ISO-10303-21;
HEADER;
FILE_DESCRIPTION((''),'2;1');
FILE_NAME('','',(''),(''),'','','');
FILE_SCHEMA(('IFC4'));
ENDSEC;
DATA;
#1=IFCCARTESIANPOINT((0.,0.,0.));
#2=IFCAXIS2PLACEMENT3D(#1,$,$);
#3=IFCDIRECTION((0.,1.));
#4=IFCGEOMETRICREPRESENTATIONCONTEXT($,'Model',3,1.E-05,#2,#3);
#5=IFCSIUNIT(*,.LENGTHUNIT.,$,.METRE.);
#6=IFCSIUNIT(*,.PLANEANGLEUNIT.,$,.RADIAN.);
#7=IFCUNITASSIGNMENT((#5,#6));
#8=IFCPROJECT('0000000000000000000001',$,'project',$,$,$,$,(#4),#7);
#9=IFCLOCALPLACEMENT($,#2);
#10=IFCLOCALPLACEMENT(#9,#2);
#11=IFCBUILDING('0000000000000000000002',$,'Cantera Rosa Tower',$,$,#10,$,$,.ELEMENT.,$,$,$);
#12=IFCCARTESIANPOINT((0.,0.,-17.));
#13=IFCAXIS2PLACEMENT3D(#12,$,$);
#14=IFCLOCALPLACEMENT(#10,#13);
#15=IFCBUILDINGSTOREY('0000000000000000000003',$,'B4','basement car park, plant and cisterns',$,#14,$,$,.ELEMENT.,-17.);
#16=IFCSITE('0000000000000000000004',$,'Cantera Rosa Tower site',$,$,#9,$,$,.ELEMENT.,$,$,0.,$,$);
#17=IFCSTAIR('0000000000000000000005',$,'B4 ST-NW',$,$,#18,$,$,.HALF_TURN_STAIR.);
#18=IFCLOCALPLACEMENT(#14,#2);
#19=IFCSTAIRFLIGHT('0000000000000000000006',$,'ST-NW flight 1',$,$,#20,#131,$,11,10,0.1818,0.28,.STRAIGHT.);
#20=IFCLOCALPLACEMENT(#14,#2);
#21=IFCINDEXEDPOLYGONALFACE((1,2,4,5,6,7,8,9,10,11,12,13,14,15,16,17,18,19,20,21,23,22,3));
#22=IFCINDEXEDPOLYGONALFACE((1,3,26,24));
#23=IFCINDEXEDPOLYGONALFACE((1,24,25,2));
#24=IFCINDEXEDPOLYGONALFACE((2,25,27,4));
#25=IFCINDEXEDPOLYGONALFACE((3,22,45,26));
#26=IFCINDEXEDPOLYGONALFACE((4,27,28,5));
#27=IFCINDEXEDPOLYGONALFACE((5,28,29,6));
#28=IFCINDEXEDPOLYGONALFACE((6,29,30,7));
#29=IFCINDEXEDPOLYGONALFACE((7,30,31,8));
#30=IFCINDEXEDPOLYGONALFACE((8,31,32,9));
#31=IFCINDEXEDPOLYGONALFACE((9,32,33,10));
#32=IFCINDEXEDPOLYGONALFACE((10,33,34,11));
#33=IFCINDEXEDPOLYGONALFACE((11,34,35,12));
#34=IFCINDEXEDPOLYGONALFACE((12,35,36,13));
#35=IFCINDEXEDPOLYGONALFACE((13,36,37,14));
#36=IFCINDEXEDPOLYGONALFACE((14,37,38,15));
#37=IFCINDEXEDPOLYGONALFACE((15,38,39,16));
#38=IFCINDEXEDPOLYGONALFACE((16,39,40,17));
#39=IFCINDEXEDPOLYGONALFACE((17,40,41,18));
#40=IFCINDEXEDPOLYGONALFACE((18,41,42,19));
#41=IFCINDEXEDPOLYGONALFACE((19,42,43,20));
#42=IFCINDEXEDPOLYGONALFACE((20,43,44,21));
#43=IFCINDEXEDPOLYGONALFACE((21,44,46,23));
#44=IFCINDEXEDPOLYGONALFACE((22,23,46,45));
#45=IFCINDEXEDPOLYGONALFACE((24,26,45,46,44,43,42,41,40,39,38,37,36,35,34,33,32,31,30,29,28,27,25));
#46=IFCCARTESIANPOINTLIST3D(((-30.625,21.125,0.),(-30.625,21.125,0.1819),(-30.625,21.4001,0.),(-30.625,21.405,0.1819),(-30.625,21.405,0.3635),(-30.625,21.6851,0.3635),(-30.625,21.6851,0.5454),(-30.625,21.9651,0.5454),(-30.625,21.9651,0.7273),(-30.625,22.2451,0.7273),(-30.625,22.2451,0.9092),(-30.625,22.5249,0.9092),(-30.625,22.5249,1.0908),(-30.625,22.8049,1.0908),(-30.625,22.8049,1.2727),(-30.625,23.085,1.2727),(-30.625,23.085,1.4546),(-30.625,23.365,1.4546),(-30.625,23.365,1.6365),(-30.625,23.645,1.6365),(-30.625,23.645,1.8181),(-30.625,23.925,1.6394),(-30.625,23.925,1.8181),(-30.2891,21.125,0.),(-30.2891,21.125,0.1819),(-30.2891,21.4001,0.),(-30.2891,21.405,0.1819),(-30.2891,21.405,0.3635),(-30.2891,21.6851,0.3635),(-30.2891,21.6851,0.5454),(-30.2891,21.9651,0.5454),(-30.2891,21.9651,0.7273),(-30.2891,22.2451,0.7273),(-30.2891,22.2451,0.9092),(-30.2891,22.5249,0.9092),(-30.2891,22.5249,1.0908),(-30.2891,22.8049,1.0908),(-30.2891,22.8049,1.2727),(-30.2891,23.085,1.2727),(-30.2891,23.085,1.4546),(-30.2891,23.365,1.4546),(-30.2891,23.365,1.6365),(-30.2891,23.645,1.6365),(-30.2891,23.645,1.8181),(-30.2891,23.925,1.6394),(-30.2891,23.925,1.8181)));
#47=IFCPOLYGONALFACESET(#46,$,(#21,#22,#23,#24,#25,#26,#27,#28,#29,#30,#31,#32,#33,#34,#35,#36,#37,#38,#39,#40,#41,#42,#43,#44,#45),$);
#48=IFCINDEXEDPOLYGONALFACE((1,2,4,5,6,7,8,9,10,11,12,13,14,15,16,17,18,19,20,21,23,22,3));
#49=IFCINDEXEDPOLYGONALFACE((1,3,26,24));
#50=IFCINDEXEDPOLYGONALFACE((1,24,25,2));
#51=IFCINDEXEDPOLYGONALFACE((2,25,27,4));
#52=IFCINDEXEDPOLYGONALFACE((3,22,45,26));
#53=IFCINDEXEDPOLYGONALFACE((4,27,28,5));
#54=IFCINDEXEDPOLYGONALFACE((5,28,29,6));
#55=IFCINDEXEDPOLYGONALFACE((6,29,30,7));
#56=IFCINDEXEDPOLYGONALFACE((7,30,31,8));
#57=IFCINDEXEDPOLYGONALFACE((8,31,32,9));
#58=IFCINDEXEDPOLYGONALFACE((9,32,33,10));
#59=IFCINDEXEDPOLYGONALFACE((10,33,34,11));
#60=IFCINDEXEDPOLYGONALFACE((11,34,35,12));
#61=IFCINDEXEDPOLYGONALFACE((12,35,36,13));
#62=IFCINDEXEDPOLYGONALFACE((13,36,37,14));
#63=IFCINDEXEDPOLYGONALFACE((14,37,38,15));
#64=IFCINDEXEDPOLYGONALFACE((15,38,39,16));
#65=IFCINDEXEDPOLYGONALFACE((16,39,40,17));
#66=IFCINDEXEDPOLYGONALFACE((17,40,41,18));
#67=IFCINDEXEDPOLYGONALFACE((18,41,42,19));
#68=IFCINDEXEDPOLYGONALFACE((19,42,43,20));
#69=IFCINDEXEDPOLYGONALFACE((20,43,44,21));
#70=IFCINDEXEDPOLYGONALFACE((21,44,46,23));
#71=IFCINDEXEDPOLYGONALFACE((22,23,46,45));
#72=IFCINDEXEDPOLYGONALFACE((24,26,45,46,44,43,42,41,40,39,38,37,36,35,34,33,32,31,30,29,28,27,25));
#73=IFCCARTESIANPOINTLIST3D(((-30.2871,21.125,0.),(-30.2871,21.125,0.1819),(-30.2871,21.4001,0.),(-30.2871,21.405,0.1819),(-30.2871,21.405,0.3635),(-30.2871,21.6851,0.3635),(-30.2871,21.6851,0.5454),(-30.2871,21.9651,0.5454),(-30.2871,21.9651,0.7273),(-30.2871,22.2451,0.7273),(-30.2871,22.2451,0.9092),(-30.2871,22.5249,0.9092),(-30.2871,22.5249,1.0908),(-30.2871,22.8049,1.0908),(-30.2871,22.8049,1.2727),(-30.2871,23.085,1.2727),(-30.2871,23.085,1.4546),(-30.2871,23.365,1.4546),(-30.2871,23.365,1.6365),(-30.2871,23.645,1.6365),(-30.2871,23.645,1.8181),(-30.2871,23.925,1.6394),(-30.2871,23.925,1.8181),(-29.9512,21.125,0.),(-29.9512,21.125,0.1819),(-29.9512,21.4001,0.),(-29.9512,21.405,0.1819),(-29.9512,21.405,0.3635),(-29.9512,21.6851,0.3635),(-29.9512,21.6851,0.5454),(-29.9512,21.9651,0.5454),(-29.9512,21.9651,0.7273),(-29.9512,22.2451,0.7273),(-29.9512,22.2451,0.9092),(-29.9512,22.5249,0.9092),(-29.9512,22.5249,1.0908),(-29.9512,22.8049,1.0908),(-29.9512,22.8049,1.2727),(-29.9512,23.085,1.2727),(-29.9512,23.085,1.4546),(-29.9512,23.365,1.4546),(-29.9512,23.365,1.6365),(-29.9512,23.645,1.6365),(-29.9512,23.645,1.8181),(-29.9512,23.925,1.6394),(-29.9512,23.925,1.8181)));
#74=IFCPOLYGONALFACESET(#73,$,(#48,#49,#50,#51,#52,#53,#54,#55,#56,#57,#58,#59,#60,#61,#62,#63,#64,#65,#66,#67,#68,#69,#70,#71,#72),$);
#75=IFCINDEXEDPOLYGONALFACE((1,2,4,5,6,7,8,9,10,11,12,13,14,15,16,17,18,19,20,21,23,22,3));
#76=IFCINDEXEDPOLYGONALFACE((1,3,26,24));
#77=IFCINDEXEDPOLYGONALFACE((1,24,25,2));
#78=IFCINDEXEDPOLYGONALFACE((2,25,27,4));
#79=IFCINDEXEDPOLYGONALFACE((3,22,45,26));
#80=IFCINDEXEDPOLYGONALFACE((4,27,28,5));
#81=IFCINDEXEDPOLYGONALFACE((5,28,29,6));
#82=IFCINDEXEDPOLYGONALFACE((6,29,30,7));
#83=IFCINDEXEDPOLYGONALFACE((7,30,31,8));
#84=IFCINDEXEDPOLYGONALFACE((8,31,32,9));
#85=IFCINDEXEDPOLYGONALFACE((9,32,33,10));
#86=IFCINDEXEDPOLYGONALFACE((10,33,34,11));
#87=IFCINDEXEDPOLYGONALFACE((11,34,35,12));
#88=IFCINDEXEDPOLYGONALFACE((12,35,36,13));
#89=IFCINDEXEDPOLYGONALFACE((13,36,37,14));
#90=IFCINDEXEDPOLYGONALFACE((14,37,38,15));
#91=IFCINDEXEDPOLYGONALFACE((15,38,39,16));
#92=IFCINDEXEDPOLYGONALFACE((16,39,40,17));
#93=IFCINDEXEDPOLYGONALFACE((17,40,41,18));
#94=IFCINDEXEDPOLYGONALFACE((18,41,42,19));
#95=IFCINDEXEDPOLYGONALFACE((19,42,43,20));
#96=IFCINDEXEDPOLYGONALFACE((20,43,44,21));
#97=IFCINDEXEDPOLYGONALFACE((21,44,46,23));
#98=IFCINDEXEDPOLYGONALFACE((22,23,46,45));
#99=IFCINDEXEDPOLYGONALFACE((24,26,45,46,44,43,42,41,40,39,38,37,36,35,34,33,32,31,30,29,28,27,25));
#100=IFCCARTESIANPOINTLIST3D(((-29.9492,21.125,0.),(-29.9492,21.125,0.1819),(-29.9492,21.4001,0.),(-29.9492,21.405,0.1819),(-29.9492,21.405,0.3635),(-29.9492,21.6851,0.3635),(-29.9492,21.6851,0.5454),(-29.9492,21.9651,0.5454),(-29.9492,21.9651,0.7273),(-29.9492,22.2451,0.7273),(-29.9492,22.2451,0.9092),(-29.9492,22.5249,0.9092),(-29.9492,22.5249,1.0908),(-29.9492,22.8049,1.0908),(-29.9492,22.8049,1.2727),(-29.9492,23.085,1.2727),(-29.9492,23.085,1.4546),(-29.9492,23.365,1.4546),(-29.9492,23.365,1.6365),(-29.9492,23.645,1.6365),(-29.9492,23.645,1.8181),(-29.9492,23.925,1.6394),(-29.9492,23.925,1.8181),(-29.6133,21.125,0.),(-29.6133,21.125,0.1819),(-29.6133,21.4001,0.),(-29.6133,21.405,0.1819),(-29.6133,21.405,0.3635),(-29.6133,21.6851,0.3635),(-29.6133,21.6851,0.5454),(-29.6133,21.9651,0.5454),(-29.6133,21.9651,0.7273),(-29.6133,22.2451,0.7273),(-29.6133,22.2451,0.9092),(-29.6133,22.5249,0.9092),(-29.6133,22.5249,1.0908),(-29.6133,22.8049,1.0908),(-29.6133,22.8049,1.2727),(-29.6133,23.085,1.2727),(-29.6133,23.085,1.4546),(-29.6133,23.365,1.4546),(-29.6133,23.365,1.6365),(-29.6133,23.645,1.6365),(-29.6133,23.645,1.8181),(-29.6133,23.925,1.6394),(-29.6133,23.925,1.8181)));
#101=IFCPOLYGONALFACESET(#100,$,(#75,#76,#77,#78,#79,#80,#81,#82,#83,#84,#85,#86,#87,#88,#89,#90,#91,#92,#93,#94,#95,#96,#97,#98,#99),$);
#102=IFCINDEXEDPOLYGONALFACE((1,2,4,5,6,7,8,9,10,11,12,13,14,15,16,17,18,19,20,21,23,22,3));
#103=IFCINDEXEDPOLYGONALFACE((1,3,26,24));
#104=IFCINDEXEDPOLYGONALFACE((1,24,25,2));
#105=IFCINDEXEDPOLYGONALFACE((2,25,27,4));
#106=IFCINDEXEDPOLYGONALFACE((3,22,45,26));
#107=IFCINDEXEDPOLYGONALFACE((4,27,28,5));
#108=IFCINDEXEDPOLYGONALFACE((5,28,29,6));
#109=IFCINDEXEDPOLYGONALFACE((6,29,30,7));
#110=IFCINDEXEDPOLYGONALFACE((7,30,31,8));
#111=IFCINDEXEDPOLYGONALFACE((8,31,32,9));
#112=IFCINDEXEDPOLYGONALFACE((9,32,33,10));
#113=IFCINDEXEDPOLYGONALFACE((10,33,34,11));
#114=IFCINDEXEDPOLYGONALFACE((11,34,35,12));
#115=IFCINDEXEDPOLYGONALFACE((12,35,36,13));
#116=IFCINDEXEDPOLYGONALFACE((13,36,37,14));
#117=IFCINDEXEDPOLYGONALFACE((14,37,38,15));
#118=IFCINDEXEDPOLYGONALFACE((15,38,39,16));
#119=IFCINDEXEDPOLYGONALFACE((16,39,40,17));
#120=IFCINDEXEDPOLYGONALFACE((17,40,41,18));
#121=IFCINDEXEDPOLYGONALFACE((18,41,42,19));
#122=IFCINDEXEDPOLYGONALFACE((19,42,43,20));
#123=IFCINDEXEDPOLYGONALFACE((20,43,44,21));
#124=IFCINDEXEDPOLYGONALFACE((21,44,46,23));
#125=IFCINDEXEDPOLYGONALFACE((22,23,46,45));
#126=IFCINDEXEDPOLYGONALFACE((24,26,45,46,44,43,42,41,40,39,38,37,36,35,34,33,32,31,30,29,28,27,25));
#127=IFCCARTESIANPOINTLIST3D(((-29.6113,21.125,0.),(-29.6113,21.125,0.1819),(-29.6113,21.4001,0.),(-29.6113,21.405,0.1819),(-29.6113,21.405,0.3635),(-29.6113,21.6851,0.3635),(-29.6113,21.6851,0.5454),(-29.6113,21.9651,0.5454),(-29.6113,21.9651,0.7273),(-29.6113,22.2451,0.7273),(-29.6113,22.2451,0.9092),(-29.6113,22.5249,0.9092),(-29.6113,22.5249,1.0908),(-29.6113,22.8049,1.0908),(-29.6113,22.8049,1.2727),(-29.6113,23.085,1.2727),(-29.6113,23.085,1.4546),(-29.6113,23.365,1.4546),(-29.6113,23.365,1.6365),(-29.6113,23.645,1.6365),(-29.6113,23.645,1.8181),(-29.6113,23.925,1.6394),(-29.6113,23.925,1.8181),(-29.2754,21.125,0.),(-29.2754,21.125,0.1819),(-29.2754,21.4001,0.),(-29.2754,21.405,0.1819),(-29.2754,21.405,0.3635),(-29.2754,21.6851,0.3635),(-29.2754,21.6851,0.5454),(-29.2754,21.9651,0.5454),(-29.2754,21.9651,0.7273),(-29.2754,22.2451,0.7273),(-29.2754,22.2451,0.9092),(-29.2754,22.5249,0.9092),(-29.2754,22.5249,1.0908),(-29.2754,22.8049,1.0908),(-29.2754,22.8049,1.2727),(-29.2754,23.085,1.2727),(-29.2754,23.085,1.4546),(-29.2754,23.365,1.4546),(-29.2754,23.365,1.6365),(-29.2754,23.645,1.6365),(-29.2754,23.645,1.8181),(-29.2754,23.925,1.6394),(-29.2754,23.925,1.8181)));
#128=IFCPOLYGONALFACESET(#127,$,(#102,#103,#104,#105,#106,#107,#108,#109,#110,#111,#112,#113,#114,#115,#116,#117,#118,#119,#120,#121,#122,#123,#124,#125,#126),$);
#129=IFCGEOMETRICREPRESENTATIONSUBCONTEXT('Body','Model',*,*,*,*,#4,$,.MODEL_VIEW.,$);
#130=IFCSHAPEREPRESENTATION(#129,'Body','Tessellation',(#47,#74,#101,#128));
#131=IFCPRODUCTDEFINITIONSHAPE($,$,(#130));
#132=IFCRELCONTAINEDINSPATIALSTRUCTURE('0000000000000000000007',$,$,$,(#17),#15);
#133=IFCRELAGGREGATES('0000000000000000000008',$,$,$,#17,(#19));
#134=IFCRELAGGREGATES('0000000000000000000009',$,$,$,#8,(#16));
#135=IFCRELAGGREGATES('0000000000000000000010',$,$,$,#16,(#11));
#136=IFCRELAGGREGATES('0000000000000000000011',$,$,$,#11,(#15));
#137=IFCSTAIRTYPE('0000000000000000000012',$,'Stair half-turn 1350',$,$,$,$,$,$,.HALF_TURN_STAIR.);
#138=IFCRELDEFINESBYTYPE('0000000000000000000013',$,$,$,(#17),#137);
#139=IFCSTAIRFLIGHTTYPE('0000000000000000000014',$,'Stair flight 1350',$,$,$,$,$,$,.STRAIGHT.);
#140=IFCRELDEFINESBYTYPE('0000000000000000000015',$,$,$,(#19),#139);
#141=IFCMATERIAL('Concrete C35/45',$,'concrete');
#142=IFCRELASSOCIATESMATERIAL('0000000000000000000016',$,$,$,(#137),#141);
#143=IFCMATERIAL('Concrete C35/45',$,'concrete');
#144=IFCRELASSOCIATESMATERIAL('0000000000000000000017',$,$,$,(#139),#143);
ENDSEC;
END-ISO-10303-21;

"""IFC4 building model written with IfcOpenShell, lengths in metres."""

from ifc_helpers import new_model, si_unit, direction, frame, origin, place, context, subcontext, project, spatial, polyline, outline, extrude, material, type_object, element, aggregate, save


model = new_model("IFC4")

# Units and contexts
model_context = context("Model", 3, precision=1e-05, world=origin(), true_north=direction((0.0, 1.0)))
body_context = subcontext(model_context, "Body", "Model", "MODEL_VIEW")
ifc_project = project(units=[si_unit("LENGTHUNIT", "METRE"), si_unit("PLANEANGLEUNIT", "RADIAN")], contexts=[model_context])

# Site, building, storey
site_placement = place(None, origin())
site = spatial("IfcSite", under=ifc_project, at=site_placement, Name="Cantera Rosa Tower site", CompositionType="ELEMENT", RefElevation=0.0)
building_placement = place(site_placement, origin())
building = spatial("IfcBuilding", under=site, at=building_placement, Name="Cantera Rosa Tower", CompositionType="ELEMENT")
storey_placement = place(building_placement, frame((0.0, 0.0, -17.0)))
storey = spatial("IfcBuildingStorey", under=building, at=storey_placement, Name="B4", Description="basement car park, plant and cisterns", CompositionType="ELEMENT", Elevation=-17.0)

# Stair, stair flight
ifc_material_1 = material(Name="Concrete C35/45", Category="concrete")
stair_type = type_object("IfcStairType", Name="Stair half-turn 1350", PredefinedType="HALF_TURN_STAIR", material=ifc_material_1)
stair_placement = place(storey_placement, origin())
stair = element("IfcStair", 1, at=stair_placement, inside=storey, type_object=stair_type, Name="B4 ST-NW", PredefinedType="HALF_TURN_STAIR")
ifc_material_2 = material(Name="Concrete C35/45", Category="concrete")
stair_flight_type = type_object("IfcStairFlightType", Name="Stair flight 1350", PredefinedType="STRAIGHT", material=ifc_material_2)
stair_flight_1_placement = place(storey_placement, frame((-29.95, 21.125, 0.0), z_axis=(0.0, 0.0, 1.0), x_axis=(0.0, 1.0, 0.0)))
stair_flight_1 = element("IfcStairFlight", 2, at=stair_flight_1_placement, type_object=stair_flight_type, Name="ST-NW flight 1", NumberOfRisers=11, NumberOfTreads=10, PredefinedType="STRAIGHT", RiserHeight=0.1818, TreadLength=0.28, context=body_context, shape_type="SweptSolid", body=[
    extrude(outline(polyline([(0.0, 0.0), (0.0, 0.1819), (0.28, 0.1819), (0.28, 0.3635), (0.5601, 0.3635), (0.5601, 0.5454), (0.8401, 0.5454), (0.8401, 0.7273), (1.1201, 0.7273), (1.1201, 0.9092), (1.3999, 0.9092), (1.3999, 1.0908), (1.6799, 1.0908), (1.6799, 1.2727), (1.96, 1.2727), (1.96, 1.4546), (2.24, 1.4546), (2.24, 1.6365), (2.52, 1.6365), (2.52, 1.8181), (2.8, 1.8181), (2.8, 2.0), (2.8, 1.6394), (0.2751, 0.0), (0.0, 0.0)])), frame((0.0, 0.675, 0.0), z_axis=(0.0, -1.0, 0.0), x_axis=(1.0, 0.0, 0.0)), (0.0, 0.0, 1.0), 0.3359),
    extrude(outline(polyline([(0.0, 0.0), (0.0, 0.1819), (0.28, 0.1819), (0.28, 0.3635), (0.5601, 0.3635), (0.5601, 0.5454), (0.8401, 0.5454), (0.8401, 0.7273), (1.1201, 0.7273), (1.1201, 0.9092), (1.3999, 0.9092), (1.3999, 1.0908), (1.6799, 1.0908), (1.6799, 1.2727), (1.96, 1.2727), (1.96, 1.4546), (2.24, 1.4546), (2.24, 1.6365), (2.52, 1.6365), (2.52, 1.8181), (2.8, 1.8181), (2.8, 2.0), (2.8, 1.6394), (0.2751, 0.0), (0.0, 0.0)])), frame((0.0, 0.3372, 0.0), z_axis=(0.0, -1.0, 0.0), x_axis=(1.0, 0.0, 0.0)), (0.0, 0.0, 1.0), 0.3359),
    extrude(outline(polyline([(0.0, 0.0), (0.0, 0.1819), (0.28, 0.1819), (0.28, 0.3635), (0.5601, 0.3635), (0.5601, 0.5454), (0.8401, 0.5454), (0.8401, 0.7273), (1.1201, 0.7273), (1.1201, 0.9092), (1.3999, 0.9092), (1.3999, 1.0908), (1.6799, 1.0908), (1.6799, 1.2727), (1.96, 1.2727), (1.96, 1.4546), (2.24, 1.4546), (2.24, 1.6365), (2.52, 1.6365), (2.52, 1.8181), (2.8, 1.8181), (2.8, 2.0), (2.8, 1.6394), (0.2751, 0.0), (0.0, 0.0)])), frame((0.0, -0.0007, 0.0), z_axis=(0.0, -1.0, 0.0), x_axis=(1.0, 0.0, 0.0)), (0.0, 0.0, 1.0), 0.3359),
    extrude(outline(polyline([(0.0, 0.0), (0.0, 0.1819), (0.28, 0.1819), (0.28, 0.3635), (0.5601, 0.3635), (0.5601, 0.5454), (0.8401, 0.5454), (0.8401, 0.7273), (1.1201, 0.7273), (1.1201, 0.9092), (1.3999, 0.9092), (1.3999, 1.0908), (1.6799, 1.0908), (1.6799, 1.2727), (1.96, 1.2727), (1.96, 1.4546), (2.24, 1.4546), (2.24, 1.6365), (2.52, 1.6365), (2.52, 1.8181), (2.8, 1.8181), (2.8, 2.0), (2.8, 1.6394), (0.2751, 0.0), (0.0, 0.0)])), frame((0.0, -0.3386, 0.0), z_axis=(0.0, -1.0, 0.0), x_axis=(1.0, 0.0, 0.0)), (0.0, 0.0, 1.0), 0.3359),
])
aggregate(stair, [stair_flight_1])

save(model, "model.ifc")
